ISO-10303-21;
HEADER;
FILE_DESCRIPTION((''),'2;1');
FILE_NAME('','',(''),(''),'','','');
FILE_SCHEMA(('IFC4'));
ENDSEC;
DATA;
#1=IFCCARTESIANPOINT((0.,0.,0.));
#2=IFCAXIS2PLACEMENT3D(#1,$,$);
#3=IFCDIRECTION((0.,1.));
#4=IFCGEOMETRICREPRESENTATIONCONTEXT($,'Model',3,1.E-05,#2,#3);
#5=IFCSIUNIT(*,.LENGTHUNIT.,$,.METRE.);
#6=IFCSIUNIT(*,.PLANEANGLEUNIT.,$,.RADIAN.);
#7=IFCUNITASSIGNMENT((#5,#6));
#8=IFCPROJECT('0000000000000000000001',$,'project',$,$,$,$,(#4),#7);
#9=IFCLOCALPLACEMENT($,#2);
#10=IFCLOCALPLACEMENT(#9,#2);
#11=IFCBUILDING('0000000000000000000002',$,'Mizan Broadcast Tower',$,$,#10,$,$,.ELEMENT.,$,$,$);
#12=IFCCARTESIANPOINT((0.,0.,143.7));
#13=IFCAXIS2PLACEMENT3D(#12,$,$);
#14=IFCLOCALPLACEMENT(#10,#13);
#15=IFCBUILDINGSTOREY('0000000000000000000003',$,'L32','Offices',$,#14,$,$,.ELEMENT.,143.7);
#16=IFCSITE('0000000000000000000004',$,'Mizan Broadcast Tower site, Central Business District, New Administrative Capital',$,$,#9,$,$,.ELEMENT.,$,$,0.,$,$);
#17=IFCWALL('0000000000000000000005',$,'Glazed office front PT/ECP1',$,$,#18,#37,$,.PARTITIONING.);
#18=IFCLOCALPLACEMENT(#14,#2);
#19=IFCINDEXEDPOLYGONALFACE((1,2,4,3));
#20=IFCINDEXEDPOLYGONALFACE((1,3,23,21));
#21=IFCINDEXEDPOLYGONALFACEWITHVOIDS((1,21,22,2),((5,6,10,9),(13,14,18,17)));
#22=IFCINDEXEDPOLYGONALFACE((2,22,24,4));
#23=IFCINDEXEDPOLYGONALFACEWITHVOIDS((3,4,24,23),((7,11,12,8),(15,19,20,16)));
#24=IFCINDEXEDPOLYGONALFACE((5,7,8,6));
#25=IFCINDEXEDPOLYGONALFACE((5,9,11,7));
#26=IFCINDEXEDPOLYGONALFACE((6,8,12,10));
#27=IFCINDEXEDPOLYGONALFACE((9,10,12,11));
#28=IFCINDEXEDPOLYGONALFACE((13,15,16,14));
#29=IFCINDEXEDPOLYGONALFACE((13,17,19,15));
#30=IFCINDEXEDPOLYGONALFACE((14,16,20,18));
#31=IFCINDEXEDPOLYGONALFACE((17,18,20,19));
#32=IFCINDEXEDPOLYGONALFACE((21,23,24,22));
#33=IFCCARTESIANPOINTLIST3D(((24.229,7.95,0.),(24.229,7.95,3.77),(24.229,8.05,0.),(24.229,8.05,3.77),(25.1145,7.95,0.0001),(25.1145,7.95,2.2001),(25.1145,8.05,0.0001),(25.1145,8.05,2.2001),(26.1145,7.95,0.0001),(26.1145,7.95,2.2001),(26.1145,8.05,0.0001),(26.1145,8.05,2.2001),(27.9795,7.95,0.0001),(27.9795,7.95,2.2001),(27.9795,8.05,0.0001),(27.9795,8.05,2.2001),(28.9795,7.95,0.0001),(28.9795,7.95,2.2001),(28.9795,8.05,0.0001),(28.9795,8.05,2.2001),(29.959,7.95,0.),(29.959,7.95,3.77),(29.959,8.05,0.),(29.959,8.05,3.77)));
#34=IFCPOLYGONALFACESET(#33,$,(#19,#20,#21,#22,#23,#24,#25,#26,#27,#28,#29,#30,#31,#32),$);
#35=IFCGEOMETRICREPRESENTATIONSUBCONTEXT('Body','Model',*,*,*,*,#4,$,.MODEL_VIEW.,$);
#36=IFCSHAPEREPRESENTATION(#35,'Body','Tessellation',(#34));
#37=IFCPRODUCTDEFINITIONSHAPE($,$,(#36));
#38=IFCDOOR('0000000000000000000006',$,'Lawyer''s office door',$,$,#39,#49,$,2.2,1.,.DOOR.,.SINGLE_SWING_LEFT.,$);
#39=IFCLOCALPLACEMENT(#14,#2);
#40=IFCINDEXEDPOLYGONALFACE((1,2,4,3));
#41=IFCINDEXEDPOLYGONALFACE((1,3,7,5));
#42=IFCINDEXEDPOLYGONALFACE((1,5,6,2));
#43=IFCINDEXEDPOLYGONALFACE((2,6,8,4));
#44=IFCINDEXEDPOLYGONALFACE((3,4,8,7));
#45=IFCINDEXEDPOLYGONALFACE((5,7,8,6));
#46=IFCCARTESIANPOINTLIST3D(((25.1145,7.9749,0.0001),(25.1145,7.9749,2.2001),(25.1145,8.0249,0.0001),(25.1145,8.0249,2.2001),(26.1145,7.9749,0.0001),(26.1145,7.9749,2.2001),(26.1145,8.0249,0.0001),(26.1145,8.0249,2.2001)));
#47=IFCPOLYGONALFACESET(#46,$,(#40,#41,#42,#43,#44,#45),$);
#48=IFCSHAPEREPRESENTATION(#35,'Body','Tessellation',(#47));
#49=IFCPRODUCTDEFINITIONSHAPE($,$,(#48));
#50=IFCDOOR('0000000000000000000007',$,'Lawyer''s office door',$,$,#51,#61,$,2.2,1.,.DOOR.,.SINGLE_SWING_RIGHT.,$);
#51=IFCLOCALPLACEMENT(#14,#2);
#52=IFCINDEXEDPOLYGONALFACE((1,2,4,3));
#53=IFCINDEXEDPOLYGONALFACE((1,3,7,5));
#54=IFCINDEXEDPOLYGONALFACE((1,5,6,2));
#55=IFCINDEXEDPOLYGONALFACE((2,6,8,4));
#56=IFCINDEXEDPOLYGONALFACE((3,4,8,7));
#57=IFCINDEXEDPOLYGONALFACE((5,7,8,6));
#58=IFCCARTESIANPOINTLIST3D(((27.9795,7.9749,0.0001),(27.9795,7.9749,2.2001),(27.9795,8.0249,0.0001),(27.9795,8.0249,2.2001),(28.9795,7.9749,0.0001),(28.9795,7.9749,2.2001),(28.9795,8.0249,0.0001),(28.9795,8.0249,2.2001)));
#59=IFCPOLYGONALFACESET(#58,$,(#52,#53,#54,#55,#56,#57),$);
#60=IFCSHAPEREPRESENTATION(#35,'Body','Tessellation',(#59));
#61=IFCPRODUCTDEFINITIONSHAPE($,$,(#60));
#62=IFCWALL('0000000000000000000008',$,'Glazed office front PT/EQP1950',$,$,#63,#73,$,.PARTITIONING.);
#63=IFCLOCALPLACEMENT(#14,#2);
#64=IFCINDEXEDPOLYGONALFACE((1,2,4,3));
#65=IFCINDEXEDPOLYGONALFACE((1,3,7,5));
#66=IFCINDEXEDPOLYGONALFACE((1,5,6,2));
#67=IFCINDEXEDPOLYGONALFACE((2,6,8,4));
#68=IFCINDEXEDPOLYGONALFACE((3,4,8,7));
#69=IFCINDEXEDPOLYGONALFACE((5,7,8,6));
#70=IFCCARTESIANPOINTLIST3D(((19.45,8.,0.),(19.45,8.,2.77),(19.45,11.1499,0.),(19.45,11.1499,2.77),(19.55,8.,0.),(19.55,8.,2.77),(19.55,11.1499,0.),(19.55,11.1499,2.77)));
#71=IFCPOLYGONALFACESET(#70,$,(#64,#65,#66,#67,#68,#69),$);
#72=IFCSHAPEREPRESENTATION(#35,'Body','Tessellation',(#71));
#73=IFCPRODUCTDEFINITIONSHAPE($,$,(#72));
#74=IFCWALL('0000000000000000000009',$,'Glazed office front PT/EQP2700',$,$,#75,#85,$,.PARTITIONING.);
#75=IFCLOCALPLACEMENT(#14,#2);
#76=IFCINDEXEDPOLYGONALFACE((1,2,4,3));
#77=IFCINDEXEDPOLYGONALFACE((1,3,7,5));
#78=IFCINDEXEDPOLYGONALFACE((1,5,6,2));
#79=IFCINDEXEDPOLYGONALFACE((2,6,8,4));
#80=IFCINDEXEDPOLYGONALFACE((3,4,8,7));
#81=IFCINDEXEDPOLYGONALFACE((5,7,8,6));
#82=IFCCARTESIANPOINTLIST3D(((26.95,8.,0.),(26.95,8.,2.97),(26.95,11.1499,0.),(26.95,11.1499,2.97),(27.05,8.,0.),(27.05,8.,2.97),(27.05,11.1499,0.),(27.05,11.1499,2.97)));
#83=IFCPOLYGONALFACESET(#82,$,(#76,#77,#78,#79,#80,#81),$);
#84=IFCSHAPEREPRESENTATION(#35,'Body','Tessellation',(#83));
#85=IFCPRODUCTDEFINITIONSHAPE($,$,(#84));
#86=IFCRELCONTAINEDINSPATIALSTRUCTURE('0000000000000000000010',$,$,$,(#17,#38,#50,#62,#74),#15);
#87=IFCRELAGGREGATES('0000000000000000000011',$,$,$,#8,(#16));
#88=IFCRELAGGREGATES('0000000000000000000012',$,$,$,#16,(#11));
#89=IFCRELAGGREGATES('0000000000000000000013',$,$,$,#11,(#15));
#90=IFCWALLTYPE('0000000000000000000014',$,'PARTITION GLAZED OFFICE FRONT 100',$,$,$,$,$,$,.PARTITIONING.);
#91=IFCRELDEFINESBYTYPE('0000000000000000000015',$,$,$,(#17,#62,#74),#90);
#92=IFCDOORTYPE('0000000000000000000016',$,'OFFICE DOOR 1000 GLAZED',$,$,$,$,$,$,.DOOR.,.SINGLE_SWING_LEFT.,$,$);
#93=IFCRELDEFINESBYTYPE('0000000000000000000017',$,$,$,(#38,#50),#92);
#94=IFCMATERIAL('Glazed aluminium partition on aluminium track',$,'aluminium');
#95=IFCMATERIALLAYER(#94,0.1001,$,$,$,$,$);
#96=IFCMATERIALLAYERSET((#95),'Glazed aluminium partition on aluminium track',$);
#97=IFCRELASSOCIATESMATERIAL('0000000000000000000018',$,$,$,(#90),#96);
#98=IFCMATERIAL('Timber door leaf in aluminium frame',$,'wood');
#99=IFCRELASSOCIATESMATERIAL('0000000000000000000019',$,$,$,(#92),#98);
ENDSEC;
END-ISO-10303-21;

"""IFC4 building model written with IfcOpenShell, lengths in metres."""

from ifc_helpers import new_model, si_unit, direction, frame, frame_2d, origin, place, context, subcontext, project, spatial, rectangle, extrude, material, layer, layer_set, type_object, element, fill, save


model = new_model("IFC4")

# Units and contexts
model_context = context("Model", 3, precision=1e-05, world=origin(), true_north=direction((0.0, 1.0)))
body_context = subcontext(model_context, "Body", "Model", "MODEL_VIEW")
ifc_project = project(units=[si_unit("LENGTHUNIT", "METRE"), si_unit("PLANEANGLEUNIT", "RADIAN")], contexts=[model_context])

# Site, building, storey
site_placement = place(None, origin())
site = spatial("IfcSite", under=ifc_project, at=site_placement, Name="Mizan Broadcast Tower site, Central Business District, New Administrative Capital", CompositionType="ELEMENT", RefElevation=0.0)
building_placement = place(site_placement, origin())
building = spatial("IfcBuilding", under=site, at=building_placement, Name="Mizan Broadcast Tower", CompositionType="ELEMENT")
storey_placement = place(building_placement, frame((0.0, 0.0, 143.7)))
storey = spatial("IfcBuildingStorey", under=building, at=storey_placement, Name="L32", Description="Offices", CompositionType="ELEMENT", Elevation=143.7)

# Shared definitions
ifc_material_1 = material(Name="Glazed aluminium partition on aluminium track", Category="aluminium")
ifc_layer_1 = layer(ifc_material_1, 0.1001)
ifc_layer_set_1 = layer_set([ifc_layer_1], Name="Glazed aluminium partition on aluminium track")
wall_type_1 = type_object("IfcWallType", Name="PARTITION GLAZED OFFICE FRONT 100", PredefinedType="PARTITIONING", material=ifc_layer_set_1)
ifc_material_2 = material(Name="Timber door leaf in aluminium frame", Category="wood")
door_type_1 = type_object("IfcDoorType", Name="OFFICE DOOR 1000 GLAZED", OperationType="SINGLE_SWING_LEFT", PredefinedType="DOOR", material=ifc_material_2)

# Wall, openings, doors
wall_1_placement = place(storey_placement, frame((24.229, 8.0, 0.0), z_axis=(0.0, 0.0, 1.0), x_axis=(1.0, 0.0, 0.0)))
wall_1 = element("IfcWall", 1, at=wall_1_placement, inside=storey, type_object=wall_type_1, Name="Glazed office front PT/ECP1", PredefinedType="PARTITIONING", context=body_context, shape_type="SweptSolid", body=[
    extrude(rectangle(XDim=5.73, YDim=0.1001, at=frame_2d((2.865, 0.0))), origin(), (0.0, 0.0, 1.0), 3.77),
])
opening_1_placement = place(wall_1_placement, frame((0.8855, 0.0, 0.0)))
opening_1 = element("IfcOpeningElement", 2, at=opening_1_placement, cuts=wall_1, PredefinedType="OPENING", context=body_context, shape_type="SweptSolid", body=[
    extrude(rectangle(XDim=1.0, YDim=2.2, at=frame_2d((0.5, 1.1001))), frame((0.0, 0.0601, 0.0), z_axis=(0.0, -1.0, 0.0), x_axis=(1.0, 0.0, 0.0)), (0.0, 0.0, 1.0), 0.1201),
])
opening_2_placement = place(wall_1_placement, frame((3.7505, 0.0, 0.0)))
opening_2 = element("IfcOpeningElement", 3, at=opening_2_placement, cuts=wall_1, PredefinedType="OPENING", context=body_context, shape_type="SweptSolid", body=[
    extrude(rectangle(XDim=1.0, YDim=2.2, at=frame_2d((0.5, 1.1001))), frame((0.0, 0.0601, 0.0), z_axis=(0.0, -1.0, 0.0), x_axis=(1.0, 0.0, 0.0)), (0.0, 0.0, 1.0), 0.1201),
])
door_1_placement = place(opening_1_placement, origin())
door_1 = element("IfcDoor", 4, at=door_1_placement, inside=storey, type_object=door_type_1, Name="Lawyer's office door", OperationType="SINGLE_SWING_LEFT", OverallHeight=2.2, OverallWidth=1.0, PredefinedType="DOOR", context=body_context, shape_type="SweptSolid", body=[
    extrude(rectangle(XDim=1.0, YDim=2.2, at=frame_2d((0.5, 1.1001))), frame((0.0, 0.0249, 0.0), z_axis=(0.0, -1.0, 0.0), x_axis=(1.0, 0.0, 0.0)), (0.0, 0.0, 1.0), 0.05),
])
fill(opening_1, door_1)
door_2_placement = place(opening_2_placement, origin())
door_2 = element("IfcDoor", 5, at=door_2_placement, inside=storey, type_object=door_type_1, Name="Lawyer's office door", OperationType="SINGLE_SWING_RIGHT", OverallHeight=2.2, OverallWidth=1.0, PredefinedType="DOOR", context=body_context, shape_type="SweptSolid", body=[
    extrude(rectangle(XDim=1.0, YDim=2.2, at=frame_2d((0.5, 1.1001))), frame((0.0, 0.0249, 0.0), z_axis=(0.0, -1.0, 0.0), x_axis=(1.0, 0.0, 0.0)), (0.0, 0.0, 1.0), 0.05),
])
fill(opening_2, door_2)

# Walls
wall_2_placement = place(storey_placement, frame((19.5, 8.0, 0.0), z_axis=(0.0, 0.0, 1.0), x_axis=(0.0, 1.0, 0.0)))
element("IfcWall", 6, at=wall_2_placement, inside=storey, type_object=wall_type_1, Name="Glazed office front PT/EQP1950", PredefinedType="PARTITIONING", context=body_context, shape_type="SweptSolid", body=[
    extrude(rectangle(XDim=3.1499, YDim=0.1001, at=frame_2d((1.575, 0.0))), origin(), (0.0, 0.0, 1.0), 2.77),
])
wall_3_placement = place(storey_placement, frame((27.0, 8.0, 0.0), z_axis=(0.0, 0.0, 1.0), x_axis=(0.0, 1.0, 0.0)))
element("IfcWall", 7, at=wall_3_placement, inside=storey, type_object=wall_type_1, Name="Glazed office front PT/EQP2700", PredefinedType="PARTITIONING", context=body_context, shape_type="SweptSolid", body=[
    extrude(rectangle(XDim=3.1499, YDim=0.1001, at=frame_2d((1.575, 0.0))), origin(), (0.0, 0.0, 1.0), 2.97),
])

save(model, "model.ifc")
